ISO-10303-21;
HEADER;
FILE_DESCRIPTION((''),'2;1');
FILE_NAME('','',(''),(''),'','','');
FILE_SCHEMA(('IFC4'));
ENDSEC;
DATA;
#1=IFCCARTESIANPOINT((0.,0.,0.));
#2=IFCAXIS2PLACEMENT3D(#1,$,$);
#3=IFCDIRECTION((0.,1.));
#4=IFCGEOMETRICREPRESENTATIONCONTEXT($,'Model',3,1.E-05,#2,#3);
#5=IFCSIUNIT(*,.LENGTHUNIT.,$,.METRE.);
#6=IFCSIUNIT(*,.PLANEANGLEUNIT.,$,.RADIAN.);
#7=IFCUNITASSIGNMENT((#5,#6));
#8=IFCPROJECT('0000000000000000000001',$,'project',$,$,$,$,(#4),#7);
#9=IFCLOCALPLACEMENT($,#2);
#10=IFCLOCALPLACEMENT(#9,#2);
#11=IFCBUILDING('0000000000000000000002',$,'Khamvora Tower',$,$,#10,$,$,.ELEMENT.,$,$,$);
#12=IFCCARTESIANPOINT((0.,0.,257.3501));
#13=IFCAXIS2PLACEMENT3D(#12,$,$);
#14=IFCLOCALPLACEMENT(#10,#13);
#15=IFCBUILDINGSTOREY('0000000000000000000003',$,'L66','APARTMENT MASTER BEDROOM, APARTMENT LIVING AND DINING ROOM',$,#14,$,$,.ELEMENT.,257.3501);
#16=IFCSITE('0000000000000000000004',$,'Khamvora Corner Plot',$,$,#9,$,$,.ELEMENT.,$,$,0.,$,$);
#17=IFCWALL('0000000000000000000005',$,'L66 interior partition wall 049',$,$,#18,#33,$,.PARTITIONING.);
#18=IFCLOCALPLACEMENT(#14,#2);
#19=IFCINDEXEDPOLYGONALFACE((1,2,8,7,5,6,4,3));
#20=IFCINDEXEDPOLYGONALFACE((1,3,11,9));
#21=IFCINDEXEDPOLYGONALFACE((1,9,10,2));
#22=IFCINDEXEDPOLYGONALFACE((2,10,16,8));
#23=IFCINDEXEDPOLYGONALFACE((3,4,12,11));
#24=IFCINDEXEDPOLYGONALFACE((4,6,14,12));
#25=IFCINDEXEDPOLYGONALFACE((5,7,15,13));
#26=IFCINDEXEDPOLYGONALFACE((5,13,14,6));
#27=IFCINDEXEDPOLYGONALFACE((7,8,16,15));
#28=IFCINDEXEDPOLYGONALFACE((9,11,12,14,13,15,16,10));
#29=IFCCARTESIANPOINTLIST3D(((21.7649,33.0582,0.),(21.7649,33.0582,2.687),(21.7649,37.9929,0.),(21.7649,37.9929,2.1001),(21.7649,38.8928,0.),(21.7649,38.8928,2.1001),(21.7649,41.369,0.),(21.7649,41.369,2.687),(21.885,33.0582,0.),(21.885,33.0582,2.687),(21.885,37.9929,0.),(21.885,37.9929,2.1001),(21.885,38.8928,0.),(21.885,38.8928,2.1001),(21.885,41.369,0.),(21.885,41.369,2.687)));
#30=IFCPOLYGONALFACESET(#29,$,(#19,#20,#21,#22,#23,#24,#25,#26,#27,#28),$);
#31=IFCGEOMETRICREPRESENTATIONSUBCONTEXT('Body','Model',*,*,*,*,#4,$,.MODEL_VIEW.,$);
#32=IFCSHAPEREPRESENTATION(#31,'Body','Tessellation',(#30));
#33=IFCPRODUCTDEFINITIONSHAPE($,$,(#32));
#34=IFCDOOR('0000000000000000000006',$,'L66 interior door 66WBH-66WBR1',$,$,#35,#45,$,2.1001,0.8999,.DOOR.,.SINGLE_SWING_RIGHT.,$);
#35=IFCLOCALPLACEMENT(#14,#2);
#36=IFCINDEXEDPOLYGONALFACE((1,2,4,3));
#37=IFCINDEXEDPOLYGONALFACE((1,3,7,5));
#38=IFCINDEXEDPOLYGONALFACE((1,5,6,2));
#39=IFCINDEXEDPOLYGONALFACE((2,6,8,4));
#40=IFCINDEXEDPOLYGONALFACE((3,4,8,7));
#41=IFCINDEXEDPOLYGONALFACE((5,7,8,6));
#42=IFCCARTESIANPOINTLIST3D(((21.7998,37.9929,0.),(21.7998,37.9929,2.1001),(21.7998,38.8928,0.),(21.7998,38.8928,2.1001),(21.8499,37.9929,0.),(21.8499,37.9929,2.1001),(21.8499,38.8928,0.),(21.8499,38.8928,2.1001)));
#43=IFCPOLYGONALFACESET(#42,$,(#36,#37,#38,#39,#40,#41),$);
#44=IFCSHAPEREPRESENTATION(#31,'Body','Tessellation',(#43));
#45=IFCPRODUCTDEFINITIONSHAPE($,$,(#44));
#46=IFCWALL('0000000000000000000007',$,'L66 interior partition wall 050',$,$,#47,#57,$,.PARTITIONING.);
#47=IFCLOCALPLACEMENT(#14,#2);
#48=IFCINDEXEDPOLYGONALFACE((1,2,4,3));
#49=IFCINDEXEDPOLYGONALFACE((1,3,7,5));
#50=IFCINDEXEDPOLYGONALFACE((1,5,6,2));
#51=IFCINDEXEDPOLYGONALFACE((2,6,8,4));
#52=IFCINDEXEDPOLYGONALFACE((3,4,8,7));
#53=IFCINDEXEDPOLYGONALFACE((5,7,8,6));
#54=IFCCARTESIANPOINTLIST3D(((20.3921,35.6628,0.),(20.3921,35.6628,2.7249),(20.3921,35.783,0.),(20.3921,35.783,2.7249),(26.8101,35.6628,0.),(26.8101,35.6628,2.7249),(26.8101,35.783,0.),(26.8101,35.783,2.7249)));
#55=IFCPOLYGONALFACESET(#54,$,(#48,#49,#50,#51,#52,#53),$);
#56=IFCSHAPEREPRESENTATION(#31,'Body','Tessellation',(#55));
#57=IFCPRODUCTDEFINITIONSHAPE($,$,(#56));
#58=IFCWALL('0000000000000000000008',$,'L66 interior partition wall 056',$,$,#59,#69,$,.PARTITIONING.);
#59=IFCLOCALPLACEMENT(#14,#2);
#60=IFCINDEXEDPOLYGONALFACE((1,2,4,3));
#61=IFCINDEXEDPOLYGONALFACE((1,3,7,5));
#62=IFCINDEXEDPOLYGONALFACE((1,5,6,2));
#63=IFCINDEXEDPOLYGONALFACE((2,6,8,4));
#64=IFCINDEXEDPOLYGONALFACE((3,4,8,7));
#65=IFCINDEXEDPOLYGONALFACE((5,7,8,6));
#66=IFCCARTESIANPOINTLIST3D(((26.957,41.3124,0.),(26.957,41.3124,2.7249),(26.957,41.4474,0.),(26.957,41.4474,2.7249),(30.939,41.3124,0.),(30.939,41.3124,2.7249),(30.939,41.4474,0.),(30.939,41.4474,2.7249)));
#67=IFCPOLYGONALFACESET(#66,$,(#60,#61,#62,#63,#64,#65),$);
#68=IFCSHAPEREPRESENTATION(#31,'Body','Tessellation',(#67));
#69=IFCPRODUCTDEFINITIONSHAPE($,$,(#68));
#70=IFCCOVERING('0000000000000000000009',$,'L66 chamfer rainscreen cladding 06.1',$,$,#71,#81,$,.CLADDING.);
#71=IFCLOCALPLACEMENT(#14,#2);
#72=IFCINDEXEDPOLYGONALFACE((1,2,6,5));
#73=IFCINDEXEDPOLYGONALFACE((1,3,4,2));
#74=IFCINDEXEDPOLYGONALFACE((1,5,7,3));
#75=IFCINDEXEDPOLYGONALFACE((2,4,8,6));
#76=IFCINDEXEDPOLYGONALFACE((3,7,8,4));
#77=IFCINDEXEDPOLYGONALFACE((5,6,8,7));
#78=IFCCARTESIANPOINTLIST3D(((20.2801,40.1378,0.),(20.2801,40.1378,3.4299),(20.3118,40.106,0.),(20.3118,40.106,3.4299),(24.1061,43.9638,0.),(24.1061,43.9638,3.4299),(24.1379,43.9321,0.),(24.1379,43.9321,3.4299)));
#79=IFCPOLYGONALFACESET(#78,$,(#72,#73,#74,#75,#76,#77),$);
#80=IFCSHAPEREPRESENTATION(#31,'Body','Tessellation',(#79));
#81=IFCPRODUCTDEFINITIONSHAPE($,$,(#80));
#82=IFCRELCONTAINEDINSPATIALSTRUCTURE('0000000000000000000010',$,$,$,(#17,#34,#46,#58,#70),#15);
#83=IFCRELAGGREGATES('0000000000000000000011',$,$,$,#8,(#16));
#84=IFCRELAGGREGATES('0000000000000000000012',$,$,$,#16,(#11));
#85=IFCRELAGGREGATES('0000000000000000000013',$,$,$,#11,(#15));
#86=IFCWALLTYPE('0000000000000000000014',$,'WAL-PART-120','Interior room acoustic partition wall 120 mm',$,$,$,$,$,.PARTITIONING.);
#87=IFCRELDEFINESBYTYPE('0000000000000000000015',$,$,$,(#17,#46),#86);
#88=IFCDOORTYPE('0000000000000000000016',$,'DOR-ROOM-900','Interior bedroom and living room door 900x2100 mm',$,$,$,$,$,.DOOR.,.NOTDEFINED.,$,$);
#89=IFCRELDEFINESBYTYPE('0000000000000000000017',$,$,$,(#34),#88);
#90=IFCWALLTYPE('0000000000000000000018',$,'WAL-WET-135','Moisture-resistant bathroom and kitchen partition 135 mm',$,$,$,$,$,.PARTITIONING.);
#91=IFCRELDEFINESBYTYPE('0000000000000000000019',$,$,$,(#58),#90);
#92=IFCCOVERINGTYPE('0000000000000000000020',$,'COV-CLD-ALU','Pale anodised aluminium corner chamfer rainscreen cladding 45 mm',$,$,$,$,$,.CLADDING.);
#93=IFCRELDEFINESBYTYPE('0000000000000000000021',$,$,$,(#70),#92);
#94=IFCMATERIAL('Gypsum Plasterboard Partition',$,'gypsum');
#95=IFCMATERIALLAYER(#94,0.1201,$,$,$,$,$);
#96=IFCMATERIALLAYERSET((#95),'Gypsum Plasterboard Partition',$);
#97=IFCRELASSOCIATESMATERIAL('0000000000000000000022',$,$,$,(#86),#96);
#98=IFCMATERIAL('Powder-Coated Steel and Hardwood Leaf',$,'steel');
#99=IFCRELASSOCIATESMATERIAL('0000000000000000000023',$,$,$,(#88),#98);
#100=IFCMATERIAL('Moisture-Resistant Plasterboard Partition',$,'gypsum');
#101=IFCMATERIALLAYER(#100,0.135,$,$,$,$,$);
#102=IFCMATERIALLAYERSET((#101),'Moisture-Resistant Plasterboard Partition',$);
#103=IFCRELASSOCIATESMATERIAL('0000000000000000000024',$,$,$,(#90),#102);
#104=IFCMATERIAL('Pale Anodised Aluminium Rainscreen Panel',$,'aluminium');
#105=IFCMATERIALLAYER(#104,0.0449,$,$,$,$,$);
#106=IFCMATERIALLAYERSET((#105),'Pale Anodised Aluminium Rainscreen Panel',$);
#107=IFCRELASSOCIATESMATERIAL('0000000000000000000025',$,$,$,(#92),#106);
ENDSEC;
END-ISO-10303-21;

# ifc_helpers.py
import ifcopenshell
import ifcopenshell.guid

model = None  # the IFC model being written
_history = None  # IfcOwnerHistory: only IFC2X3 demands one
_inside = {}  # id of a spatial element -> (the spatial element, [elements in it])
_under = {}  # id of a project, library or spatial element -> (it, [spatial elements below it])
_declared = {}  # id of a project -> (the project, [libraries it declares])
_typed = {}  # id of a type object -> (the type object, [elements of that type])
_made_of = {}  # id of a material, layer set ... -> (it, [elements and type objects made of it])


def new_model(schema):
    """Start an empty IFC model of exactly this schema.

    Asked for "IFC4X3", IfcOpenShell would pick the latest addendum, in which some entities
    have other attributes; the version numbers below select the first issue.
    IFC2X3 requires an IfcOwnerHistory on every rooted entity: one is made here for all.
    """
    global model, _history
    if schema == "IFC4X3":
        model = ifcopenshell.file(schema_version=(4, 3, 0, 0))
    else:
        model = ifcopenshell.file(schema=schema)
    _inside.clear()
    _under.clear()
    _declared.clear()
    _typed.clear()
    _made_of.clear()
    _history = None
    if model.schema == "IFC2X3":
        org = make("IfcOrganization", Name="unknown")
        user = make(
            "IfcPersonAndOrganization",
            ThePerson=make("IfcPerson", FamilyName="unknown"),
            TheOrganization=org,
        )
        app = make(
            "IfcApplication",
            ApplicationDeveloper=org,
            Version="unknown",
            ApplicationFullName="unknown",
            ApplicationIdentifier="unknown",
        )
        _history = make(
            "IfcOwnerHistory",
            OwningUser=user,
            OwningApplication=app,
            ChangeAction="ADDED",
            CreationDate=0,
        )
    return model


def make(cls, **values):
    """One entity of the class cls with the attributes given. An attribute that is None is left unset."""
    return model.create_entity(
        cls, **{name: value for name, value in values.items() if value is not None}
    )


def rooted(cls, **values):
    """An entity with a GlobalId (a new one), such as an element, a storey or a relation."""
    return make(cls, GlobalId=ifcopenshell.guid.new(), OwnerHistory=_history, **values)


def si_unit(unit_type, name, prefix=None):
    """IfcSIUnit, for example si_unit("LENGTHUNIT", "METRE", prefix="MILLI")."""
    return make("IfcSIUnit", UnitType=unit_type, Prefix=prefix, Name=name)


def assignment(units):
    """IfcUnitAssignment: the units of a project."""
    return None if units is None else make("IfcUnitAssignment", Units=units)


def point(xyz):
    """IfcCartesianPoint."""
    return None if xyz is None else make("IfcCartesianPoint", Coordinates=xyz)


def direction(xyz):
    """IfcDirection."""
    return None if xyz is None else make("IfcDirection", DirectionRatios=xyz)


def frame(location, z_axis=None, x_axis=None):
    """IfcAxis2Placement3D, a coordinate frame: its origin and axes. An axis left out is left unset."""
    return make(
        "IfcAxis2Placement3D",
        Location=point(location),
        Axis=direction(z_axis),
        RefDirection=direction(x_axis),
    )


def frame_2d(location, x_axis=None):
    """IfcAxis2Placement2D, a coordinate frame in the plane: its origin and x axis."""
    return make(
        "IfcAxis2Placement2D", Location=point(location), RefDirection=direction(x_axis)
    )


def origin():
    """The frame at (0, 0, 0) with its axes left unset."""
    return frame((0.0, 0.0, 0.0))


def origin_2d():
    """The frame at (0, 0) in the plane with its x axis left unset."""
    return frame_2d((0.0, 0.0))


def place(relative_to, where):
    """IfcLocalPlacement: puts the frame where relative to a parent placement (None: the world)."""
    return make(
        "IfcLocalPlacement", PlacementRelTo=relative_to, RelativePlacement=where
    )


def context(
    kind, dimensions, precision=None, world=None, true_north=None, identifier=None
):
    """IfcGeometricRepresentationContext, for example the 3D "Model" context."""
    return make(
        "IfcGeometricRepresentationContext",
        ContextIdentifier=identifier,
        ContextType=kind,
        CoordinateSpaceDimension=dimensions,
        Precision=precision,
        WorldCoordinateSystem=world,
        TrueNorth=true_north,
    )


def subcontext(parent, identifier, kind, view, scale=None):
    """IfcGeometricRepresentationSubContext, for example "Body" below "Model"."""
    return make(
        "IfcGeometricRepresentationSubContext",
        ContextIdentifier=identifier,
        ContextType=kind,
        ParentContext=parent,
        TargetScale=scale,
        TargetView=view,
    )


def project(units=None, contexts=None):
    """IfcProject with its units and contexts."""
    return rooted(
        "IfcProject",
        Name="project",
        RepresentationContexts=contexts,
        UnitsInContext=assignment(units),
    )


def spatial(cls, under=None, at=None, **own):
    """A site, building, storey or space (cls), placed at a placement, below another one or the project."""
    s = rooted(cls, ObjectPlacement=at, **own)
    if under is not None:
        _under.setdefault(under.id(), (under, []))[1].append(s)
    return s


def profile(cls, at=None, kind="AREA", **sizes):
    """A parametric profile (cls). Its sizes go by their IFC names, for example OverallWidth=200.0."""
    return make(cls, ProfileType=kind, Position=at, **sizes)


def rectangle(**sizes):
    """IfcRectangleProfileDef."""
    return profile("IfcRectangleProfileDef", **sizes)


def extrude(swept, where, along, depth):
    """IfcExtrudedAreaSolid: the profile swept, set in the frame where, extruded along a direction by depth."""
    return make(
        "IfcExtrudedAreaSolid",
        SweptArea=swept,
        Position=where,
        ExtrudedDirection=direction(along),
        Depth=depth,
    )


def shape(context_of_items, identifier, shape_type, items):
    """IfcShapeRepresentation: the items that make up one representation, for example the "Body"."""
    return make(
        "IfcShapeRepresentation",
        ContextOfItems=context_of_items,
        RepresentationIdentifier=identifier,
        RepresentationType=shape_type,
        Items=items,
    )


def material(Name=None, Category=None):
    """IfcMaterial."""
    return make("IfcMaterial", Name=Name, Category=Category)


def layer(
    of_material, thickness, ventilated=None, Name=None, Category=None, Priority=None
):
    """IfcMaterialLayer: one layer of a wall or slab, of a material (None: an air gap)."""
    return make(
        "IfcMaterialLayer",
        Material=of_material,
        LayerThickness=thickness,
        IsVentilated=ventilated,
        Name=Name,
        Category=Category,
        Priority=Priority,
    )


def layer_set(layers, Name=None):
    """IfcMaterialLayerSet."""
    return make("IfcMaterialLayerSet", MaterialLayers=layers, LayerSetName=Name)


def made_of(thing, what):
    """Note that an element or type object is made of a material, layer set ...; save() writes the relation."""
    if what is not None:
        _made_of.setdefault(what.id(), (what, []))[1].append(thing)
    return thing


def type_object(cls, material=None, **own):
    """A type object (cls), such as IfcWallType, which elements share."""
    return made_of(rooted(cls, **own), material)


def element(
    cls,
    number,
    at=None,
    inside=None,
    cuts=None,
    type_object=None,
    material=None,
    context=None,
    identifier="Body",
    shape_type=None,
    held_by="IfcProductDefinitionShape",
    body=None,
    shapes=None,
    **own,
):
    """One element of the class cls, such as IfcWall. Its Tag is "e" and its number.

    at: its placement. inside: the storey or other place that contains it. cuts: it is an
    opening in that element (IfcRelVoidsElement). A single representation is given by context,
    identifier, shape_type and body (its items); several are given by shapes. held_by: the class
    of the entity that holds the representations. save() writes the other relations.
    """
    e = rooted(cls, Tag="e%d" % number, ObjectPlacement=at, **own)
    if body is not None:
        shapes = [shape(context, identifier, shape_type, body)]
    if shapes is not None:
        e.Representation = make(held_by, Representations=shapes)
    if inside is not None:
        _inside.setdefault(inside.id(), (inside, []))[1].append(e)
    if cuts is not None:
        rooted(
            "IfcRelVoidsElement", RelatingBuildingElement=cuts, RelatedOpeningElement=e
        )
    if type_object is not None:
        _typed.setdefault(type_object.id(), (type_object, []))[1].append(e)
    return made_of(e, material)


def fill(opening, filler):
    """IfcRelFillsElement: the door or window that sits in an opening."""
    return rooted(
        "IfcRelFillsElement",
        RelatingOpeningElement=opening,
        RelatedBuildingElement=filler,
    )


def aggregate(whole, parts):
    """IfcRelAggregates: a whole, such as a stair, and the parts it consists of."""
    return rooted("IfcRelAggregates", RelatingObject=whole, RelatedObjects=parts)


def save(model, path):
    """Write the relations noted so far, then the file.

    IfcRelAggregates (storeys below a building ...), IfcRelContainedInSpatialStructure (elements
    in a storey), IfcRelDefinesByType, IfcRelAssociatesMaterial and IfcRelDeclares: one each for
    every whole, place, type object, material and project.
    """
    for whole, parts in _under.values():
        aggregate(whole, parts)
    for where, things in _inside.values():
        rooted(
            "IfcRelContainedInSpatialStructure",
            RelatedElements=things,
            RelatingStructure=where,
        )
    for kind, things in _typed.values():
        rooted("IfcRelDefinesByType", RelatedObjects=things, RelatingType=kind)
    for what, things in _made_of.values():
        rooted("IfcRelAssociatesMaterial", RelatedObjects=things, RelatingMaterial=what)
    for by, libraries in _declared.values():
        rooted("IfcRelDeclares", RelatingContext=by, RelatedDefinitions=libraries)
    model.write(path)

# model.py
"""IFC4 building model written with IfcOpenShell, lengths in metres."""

from ifc_helpers import new_model, si_unit, direction, frame, frame_2d, origin, origin_2d, place, context, subcontext, project, spatial, rectangle, extrude, material, layer, layer_set, type_object, element, fill, save


model = new_model("IFC4")

# Units and contexts
model_context = context("Model", 3, precision=1e-05, world=origin(), true_north=direction((0.0, 1.0)))
body_context = subcontext(model_context, "Body", "Model", "MODEL_VIEW")
ifc_project = project(units=[si_unit("LENGTHUNIT", "METRE"), si_unit("PLANEANGLEUNIT", "RADIAN")], contexts=[model_context])

# Site, building, storey
site_placement = place(None, origin())
site = spatial("IfcSite", under=ifc_project, at=site_placement, Name="Khamvora Corner Plot", CompositionType="ELEMENT", RefElevation=0.0)
building_placement = place(site_placement, origin())
building = spatial("IfcBuilding", under=site, at=building_placement, Name="Khamvora Tower", CompositionType="ELEMENT")
storey_placement = place(building_placement, frame((0.0, 0.0, 257.3501)))
storey = spatial("IfcBuildingStorey", under=building, at=storey_placement, Name="L66", Description="APARTMENT MASTER BEDROOM, APARTMENT LIVING AND DINING ROOM", CompositionType="ELEMENT", Elevation=257.3501)

# Wall, opening, door
ifc_material_1 = material(Name="Gypsum Plasterboard Partition", Category="gypsum")
ifc_layer_1 = layer(ifc_material_1, 0.1201)
ifc_layer_set_1 = layer_set([ifc_layer_1], Name="Gypsum Plasterboard Partition")
wall_type_1 = type_object("IfcWallType", Name="WAL-PART-120", Description="Interior room acoustic partition wall 120 mm", PredefinedType="PARTITIONING", material=ifc_layer_set_1)
wall_1_placement = place(storey_placement, frame((21.825, 41.3689, 0.0), z_axis=(0.0, 0.0, 1.0), x_axis=(0.0, -1.0, 0.0)))
wall_1 = element("IfcWall", 1, at=wall_1_placement, inside=storey, type_object=wall_type_1, Name="L66 interior partition wall 049", PredefinedType="PARTITIONING", context=body_context, shape_type="SweptSolid", body=[
    extrude(rectangle(XDim=8.3108, YDim=0.1201, at=frame_2d((4.1553, 0.0))), origin(), (0.0, 0.0, 1.0), 2.687),
])
opening_1_placement = place(wall_1_placement, frame((2.4761, 0.0, 0.0)))
opening_1 = element("IfcOpeningElement", 2, at=opening_1_placement, cuts=wall_1, PredefinedType="OPENING", context=body_context, shape_type="SweptSolid", body=[
    extrude(rectangle(XDim=0.8999, YDim=2.1001, at=frame_2d((0.45, 1.05))), frame((0.0, 0.0701, 0.0), z_axis=(0.0, -1.0, 0.0), x_axis=(1.0, 0.0, 0.0)), (0.0, 0.0, 1.0), 0.1401),
])
ifc_material_2 = material(Name="Powder-Coated Steel and Hardwood Leaf", Category="steel")
door_type = type_object("IfcDoorType", Name="DOR-ROOM-900", Description="Interior bedroom and living room door 900x2100 mm", OperationType="NOTDEFINED", PredefinedType="DOOR", material=ifc_material_2)
door_placement = place(opening_1_placement, origin())
door = element("IfcDoor", 3, at=door_placement, inside=storey, type_object=door_type, Name="L66 interior door 66WBH-66WBR1", OperationType="SINGLE_SWING_RIGHT", OverallHeight=2.1001, OverallWidth=0.8999, PredefinedType="DOOR", context=body_context, shape_type="SweptSolid", body=[
    extrude(rectangle(XDim=0.8999, YDim=2.1001, at=frame_2d((0.45, 1.05))), frame((0.0, 0.0249, 0.0), z_axis=(0.0, -1.0, 0.0), x_axis=(1.0, 0.0, 0.0)), (0.0, 0.0, 1.0), 0.05),
])
fill(opening_1, door)

# Walls
wall_2_placement = place(storey_placement, frame((20.3921, 35.7229, 0.0), z_axis=(0.0, 0.0, 1.0), x_axis=(1.0, 0.0, 0.0)))
element("IfcWall", 4, at=wall_2_placement, inside=storey, type_object=wall_type_1, Name="L66 interior partition wall 050", PredefinedType="PARTITIONING", context=body_context, shape_type="SweptSolid", body=[
    extrude(rectangle(XDim=6.418, YDim=0.1201, at=frame_2d((3.209, 0.0))), origin(), (0.0, 0.0, 1.0), 2.7249),
])
ifc_material_3 = material(Name="Moisture-Resistant Plasterboard Partition", Category="gypsum")
ifc_layer_2 = layer(ifc_material_3, 0.135)
ifc_layer_set_2 = layer_set([ifc_layer_2], Name="Moisture-Resistant Plasterboard Partition")
wall_type_2 = type_object("IfcWallType", Name="WAL-WET-135", Description="Moisture-resistant bathroom and kitchen partition 135 mm", PredefinedType="PARTITIONING", material=ifc_layer_set_2)
wall_3_placement = place(storey_placement, frame((26.957, 41.3799, 0.0), z_axis=(0.0, 0.0, 1.0), x_axis=(1.0, 0.0, 0.0)))
element("IfcWall", 5, at=wall_3_placement, inside=storey, type_object=wall_type_2, Name="L66 interior partition wall 056", PredefinedType="PARTITIONING", context=body_context, shape_type="SweptSolid", body=[
    extrude(rectangle(XDim=3.9819, YDim=0.135, at=frame_2d((1.991, 0.0))), origin(), (0.0, 0.0, 1.0), 2.7249),
])

# Covering
ifc_material_4 = material(Name="Pale Anodised Aluminium Rainscreen Panel", Category="aluminium")
ifc_layer_3 = layer(ifc_material_4, 0.0449)
ifc_layer_set_3 = layer_set([ifc_layer_3], Name="Pale Anodised Aluminium Rainscreen Panel")
covering_type = type_object("IfcCoveringType", Name="COV-CLD-ALU", Description="Pale anodised aluminium corner chamfer rainscreen cladding 45 mm", PredefinedType="CLADDING", material=ifc_layer_set_3)
covering_placement = place(storey_placement, frame((22.209, 42.0349, 0.0), z_axis=(0.0, 0.0, 1.0), x_axis=(0.707107, 0.707107, 0.0)))
element("IfcCovering", 6, at=covering_placement, inside=storey, type_object=covering_type, Name="L66 chamfer rainscreen cladding 06.1", PredefinedType="CLADDING", context=body_context, shape_type="SweptSolid", body=[
    extrude(rectangle(XDim=5.4109, YDim=0.0449, at=origin_2d()), origin(), (0.0, 0.0, 1.0), 3.4299),
])

save(model, "model.ifc")
